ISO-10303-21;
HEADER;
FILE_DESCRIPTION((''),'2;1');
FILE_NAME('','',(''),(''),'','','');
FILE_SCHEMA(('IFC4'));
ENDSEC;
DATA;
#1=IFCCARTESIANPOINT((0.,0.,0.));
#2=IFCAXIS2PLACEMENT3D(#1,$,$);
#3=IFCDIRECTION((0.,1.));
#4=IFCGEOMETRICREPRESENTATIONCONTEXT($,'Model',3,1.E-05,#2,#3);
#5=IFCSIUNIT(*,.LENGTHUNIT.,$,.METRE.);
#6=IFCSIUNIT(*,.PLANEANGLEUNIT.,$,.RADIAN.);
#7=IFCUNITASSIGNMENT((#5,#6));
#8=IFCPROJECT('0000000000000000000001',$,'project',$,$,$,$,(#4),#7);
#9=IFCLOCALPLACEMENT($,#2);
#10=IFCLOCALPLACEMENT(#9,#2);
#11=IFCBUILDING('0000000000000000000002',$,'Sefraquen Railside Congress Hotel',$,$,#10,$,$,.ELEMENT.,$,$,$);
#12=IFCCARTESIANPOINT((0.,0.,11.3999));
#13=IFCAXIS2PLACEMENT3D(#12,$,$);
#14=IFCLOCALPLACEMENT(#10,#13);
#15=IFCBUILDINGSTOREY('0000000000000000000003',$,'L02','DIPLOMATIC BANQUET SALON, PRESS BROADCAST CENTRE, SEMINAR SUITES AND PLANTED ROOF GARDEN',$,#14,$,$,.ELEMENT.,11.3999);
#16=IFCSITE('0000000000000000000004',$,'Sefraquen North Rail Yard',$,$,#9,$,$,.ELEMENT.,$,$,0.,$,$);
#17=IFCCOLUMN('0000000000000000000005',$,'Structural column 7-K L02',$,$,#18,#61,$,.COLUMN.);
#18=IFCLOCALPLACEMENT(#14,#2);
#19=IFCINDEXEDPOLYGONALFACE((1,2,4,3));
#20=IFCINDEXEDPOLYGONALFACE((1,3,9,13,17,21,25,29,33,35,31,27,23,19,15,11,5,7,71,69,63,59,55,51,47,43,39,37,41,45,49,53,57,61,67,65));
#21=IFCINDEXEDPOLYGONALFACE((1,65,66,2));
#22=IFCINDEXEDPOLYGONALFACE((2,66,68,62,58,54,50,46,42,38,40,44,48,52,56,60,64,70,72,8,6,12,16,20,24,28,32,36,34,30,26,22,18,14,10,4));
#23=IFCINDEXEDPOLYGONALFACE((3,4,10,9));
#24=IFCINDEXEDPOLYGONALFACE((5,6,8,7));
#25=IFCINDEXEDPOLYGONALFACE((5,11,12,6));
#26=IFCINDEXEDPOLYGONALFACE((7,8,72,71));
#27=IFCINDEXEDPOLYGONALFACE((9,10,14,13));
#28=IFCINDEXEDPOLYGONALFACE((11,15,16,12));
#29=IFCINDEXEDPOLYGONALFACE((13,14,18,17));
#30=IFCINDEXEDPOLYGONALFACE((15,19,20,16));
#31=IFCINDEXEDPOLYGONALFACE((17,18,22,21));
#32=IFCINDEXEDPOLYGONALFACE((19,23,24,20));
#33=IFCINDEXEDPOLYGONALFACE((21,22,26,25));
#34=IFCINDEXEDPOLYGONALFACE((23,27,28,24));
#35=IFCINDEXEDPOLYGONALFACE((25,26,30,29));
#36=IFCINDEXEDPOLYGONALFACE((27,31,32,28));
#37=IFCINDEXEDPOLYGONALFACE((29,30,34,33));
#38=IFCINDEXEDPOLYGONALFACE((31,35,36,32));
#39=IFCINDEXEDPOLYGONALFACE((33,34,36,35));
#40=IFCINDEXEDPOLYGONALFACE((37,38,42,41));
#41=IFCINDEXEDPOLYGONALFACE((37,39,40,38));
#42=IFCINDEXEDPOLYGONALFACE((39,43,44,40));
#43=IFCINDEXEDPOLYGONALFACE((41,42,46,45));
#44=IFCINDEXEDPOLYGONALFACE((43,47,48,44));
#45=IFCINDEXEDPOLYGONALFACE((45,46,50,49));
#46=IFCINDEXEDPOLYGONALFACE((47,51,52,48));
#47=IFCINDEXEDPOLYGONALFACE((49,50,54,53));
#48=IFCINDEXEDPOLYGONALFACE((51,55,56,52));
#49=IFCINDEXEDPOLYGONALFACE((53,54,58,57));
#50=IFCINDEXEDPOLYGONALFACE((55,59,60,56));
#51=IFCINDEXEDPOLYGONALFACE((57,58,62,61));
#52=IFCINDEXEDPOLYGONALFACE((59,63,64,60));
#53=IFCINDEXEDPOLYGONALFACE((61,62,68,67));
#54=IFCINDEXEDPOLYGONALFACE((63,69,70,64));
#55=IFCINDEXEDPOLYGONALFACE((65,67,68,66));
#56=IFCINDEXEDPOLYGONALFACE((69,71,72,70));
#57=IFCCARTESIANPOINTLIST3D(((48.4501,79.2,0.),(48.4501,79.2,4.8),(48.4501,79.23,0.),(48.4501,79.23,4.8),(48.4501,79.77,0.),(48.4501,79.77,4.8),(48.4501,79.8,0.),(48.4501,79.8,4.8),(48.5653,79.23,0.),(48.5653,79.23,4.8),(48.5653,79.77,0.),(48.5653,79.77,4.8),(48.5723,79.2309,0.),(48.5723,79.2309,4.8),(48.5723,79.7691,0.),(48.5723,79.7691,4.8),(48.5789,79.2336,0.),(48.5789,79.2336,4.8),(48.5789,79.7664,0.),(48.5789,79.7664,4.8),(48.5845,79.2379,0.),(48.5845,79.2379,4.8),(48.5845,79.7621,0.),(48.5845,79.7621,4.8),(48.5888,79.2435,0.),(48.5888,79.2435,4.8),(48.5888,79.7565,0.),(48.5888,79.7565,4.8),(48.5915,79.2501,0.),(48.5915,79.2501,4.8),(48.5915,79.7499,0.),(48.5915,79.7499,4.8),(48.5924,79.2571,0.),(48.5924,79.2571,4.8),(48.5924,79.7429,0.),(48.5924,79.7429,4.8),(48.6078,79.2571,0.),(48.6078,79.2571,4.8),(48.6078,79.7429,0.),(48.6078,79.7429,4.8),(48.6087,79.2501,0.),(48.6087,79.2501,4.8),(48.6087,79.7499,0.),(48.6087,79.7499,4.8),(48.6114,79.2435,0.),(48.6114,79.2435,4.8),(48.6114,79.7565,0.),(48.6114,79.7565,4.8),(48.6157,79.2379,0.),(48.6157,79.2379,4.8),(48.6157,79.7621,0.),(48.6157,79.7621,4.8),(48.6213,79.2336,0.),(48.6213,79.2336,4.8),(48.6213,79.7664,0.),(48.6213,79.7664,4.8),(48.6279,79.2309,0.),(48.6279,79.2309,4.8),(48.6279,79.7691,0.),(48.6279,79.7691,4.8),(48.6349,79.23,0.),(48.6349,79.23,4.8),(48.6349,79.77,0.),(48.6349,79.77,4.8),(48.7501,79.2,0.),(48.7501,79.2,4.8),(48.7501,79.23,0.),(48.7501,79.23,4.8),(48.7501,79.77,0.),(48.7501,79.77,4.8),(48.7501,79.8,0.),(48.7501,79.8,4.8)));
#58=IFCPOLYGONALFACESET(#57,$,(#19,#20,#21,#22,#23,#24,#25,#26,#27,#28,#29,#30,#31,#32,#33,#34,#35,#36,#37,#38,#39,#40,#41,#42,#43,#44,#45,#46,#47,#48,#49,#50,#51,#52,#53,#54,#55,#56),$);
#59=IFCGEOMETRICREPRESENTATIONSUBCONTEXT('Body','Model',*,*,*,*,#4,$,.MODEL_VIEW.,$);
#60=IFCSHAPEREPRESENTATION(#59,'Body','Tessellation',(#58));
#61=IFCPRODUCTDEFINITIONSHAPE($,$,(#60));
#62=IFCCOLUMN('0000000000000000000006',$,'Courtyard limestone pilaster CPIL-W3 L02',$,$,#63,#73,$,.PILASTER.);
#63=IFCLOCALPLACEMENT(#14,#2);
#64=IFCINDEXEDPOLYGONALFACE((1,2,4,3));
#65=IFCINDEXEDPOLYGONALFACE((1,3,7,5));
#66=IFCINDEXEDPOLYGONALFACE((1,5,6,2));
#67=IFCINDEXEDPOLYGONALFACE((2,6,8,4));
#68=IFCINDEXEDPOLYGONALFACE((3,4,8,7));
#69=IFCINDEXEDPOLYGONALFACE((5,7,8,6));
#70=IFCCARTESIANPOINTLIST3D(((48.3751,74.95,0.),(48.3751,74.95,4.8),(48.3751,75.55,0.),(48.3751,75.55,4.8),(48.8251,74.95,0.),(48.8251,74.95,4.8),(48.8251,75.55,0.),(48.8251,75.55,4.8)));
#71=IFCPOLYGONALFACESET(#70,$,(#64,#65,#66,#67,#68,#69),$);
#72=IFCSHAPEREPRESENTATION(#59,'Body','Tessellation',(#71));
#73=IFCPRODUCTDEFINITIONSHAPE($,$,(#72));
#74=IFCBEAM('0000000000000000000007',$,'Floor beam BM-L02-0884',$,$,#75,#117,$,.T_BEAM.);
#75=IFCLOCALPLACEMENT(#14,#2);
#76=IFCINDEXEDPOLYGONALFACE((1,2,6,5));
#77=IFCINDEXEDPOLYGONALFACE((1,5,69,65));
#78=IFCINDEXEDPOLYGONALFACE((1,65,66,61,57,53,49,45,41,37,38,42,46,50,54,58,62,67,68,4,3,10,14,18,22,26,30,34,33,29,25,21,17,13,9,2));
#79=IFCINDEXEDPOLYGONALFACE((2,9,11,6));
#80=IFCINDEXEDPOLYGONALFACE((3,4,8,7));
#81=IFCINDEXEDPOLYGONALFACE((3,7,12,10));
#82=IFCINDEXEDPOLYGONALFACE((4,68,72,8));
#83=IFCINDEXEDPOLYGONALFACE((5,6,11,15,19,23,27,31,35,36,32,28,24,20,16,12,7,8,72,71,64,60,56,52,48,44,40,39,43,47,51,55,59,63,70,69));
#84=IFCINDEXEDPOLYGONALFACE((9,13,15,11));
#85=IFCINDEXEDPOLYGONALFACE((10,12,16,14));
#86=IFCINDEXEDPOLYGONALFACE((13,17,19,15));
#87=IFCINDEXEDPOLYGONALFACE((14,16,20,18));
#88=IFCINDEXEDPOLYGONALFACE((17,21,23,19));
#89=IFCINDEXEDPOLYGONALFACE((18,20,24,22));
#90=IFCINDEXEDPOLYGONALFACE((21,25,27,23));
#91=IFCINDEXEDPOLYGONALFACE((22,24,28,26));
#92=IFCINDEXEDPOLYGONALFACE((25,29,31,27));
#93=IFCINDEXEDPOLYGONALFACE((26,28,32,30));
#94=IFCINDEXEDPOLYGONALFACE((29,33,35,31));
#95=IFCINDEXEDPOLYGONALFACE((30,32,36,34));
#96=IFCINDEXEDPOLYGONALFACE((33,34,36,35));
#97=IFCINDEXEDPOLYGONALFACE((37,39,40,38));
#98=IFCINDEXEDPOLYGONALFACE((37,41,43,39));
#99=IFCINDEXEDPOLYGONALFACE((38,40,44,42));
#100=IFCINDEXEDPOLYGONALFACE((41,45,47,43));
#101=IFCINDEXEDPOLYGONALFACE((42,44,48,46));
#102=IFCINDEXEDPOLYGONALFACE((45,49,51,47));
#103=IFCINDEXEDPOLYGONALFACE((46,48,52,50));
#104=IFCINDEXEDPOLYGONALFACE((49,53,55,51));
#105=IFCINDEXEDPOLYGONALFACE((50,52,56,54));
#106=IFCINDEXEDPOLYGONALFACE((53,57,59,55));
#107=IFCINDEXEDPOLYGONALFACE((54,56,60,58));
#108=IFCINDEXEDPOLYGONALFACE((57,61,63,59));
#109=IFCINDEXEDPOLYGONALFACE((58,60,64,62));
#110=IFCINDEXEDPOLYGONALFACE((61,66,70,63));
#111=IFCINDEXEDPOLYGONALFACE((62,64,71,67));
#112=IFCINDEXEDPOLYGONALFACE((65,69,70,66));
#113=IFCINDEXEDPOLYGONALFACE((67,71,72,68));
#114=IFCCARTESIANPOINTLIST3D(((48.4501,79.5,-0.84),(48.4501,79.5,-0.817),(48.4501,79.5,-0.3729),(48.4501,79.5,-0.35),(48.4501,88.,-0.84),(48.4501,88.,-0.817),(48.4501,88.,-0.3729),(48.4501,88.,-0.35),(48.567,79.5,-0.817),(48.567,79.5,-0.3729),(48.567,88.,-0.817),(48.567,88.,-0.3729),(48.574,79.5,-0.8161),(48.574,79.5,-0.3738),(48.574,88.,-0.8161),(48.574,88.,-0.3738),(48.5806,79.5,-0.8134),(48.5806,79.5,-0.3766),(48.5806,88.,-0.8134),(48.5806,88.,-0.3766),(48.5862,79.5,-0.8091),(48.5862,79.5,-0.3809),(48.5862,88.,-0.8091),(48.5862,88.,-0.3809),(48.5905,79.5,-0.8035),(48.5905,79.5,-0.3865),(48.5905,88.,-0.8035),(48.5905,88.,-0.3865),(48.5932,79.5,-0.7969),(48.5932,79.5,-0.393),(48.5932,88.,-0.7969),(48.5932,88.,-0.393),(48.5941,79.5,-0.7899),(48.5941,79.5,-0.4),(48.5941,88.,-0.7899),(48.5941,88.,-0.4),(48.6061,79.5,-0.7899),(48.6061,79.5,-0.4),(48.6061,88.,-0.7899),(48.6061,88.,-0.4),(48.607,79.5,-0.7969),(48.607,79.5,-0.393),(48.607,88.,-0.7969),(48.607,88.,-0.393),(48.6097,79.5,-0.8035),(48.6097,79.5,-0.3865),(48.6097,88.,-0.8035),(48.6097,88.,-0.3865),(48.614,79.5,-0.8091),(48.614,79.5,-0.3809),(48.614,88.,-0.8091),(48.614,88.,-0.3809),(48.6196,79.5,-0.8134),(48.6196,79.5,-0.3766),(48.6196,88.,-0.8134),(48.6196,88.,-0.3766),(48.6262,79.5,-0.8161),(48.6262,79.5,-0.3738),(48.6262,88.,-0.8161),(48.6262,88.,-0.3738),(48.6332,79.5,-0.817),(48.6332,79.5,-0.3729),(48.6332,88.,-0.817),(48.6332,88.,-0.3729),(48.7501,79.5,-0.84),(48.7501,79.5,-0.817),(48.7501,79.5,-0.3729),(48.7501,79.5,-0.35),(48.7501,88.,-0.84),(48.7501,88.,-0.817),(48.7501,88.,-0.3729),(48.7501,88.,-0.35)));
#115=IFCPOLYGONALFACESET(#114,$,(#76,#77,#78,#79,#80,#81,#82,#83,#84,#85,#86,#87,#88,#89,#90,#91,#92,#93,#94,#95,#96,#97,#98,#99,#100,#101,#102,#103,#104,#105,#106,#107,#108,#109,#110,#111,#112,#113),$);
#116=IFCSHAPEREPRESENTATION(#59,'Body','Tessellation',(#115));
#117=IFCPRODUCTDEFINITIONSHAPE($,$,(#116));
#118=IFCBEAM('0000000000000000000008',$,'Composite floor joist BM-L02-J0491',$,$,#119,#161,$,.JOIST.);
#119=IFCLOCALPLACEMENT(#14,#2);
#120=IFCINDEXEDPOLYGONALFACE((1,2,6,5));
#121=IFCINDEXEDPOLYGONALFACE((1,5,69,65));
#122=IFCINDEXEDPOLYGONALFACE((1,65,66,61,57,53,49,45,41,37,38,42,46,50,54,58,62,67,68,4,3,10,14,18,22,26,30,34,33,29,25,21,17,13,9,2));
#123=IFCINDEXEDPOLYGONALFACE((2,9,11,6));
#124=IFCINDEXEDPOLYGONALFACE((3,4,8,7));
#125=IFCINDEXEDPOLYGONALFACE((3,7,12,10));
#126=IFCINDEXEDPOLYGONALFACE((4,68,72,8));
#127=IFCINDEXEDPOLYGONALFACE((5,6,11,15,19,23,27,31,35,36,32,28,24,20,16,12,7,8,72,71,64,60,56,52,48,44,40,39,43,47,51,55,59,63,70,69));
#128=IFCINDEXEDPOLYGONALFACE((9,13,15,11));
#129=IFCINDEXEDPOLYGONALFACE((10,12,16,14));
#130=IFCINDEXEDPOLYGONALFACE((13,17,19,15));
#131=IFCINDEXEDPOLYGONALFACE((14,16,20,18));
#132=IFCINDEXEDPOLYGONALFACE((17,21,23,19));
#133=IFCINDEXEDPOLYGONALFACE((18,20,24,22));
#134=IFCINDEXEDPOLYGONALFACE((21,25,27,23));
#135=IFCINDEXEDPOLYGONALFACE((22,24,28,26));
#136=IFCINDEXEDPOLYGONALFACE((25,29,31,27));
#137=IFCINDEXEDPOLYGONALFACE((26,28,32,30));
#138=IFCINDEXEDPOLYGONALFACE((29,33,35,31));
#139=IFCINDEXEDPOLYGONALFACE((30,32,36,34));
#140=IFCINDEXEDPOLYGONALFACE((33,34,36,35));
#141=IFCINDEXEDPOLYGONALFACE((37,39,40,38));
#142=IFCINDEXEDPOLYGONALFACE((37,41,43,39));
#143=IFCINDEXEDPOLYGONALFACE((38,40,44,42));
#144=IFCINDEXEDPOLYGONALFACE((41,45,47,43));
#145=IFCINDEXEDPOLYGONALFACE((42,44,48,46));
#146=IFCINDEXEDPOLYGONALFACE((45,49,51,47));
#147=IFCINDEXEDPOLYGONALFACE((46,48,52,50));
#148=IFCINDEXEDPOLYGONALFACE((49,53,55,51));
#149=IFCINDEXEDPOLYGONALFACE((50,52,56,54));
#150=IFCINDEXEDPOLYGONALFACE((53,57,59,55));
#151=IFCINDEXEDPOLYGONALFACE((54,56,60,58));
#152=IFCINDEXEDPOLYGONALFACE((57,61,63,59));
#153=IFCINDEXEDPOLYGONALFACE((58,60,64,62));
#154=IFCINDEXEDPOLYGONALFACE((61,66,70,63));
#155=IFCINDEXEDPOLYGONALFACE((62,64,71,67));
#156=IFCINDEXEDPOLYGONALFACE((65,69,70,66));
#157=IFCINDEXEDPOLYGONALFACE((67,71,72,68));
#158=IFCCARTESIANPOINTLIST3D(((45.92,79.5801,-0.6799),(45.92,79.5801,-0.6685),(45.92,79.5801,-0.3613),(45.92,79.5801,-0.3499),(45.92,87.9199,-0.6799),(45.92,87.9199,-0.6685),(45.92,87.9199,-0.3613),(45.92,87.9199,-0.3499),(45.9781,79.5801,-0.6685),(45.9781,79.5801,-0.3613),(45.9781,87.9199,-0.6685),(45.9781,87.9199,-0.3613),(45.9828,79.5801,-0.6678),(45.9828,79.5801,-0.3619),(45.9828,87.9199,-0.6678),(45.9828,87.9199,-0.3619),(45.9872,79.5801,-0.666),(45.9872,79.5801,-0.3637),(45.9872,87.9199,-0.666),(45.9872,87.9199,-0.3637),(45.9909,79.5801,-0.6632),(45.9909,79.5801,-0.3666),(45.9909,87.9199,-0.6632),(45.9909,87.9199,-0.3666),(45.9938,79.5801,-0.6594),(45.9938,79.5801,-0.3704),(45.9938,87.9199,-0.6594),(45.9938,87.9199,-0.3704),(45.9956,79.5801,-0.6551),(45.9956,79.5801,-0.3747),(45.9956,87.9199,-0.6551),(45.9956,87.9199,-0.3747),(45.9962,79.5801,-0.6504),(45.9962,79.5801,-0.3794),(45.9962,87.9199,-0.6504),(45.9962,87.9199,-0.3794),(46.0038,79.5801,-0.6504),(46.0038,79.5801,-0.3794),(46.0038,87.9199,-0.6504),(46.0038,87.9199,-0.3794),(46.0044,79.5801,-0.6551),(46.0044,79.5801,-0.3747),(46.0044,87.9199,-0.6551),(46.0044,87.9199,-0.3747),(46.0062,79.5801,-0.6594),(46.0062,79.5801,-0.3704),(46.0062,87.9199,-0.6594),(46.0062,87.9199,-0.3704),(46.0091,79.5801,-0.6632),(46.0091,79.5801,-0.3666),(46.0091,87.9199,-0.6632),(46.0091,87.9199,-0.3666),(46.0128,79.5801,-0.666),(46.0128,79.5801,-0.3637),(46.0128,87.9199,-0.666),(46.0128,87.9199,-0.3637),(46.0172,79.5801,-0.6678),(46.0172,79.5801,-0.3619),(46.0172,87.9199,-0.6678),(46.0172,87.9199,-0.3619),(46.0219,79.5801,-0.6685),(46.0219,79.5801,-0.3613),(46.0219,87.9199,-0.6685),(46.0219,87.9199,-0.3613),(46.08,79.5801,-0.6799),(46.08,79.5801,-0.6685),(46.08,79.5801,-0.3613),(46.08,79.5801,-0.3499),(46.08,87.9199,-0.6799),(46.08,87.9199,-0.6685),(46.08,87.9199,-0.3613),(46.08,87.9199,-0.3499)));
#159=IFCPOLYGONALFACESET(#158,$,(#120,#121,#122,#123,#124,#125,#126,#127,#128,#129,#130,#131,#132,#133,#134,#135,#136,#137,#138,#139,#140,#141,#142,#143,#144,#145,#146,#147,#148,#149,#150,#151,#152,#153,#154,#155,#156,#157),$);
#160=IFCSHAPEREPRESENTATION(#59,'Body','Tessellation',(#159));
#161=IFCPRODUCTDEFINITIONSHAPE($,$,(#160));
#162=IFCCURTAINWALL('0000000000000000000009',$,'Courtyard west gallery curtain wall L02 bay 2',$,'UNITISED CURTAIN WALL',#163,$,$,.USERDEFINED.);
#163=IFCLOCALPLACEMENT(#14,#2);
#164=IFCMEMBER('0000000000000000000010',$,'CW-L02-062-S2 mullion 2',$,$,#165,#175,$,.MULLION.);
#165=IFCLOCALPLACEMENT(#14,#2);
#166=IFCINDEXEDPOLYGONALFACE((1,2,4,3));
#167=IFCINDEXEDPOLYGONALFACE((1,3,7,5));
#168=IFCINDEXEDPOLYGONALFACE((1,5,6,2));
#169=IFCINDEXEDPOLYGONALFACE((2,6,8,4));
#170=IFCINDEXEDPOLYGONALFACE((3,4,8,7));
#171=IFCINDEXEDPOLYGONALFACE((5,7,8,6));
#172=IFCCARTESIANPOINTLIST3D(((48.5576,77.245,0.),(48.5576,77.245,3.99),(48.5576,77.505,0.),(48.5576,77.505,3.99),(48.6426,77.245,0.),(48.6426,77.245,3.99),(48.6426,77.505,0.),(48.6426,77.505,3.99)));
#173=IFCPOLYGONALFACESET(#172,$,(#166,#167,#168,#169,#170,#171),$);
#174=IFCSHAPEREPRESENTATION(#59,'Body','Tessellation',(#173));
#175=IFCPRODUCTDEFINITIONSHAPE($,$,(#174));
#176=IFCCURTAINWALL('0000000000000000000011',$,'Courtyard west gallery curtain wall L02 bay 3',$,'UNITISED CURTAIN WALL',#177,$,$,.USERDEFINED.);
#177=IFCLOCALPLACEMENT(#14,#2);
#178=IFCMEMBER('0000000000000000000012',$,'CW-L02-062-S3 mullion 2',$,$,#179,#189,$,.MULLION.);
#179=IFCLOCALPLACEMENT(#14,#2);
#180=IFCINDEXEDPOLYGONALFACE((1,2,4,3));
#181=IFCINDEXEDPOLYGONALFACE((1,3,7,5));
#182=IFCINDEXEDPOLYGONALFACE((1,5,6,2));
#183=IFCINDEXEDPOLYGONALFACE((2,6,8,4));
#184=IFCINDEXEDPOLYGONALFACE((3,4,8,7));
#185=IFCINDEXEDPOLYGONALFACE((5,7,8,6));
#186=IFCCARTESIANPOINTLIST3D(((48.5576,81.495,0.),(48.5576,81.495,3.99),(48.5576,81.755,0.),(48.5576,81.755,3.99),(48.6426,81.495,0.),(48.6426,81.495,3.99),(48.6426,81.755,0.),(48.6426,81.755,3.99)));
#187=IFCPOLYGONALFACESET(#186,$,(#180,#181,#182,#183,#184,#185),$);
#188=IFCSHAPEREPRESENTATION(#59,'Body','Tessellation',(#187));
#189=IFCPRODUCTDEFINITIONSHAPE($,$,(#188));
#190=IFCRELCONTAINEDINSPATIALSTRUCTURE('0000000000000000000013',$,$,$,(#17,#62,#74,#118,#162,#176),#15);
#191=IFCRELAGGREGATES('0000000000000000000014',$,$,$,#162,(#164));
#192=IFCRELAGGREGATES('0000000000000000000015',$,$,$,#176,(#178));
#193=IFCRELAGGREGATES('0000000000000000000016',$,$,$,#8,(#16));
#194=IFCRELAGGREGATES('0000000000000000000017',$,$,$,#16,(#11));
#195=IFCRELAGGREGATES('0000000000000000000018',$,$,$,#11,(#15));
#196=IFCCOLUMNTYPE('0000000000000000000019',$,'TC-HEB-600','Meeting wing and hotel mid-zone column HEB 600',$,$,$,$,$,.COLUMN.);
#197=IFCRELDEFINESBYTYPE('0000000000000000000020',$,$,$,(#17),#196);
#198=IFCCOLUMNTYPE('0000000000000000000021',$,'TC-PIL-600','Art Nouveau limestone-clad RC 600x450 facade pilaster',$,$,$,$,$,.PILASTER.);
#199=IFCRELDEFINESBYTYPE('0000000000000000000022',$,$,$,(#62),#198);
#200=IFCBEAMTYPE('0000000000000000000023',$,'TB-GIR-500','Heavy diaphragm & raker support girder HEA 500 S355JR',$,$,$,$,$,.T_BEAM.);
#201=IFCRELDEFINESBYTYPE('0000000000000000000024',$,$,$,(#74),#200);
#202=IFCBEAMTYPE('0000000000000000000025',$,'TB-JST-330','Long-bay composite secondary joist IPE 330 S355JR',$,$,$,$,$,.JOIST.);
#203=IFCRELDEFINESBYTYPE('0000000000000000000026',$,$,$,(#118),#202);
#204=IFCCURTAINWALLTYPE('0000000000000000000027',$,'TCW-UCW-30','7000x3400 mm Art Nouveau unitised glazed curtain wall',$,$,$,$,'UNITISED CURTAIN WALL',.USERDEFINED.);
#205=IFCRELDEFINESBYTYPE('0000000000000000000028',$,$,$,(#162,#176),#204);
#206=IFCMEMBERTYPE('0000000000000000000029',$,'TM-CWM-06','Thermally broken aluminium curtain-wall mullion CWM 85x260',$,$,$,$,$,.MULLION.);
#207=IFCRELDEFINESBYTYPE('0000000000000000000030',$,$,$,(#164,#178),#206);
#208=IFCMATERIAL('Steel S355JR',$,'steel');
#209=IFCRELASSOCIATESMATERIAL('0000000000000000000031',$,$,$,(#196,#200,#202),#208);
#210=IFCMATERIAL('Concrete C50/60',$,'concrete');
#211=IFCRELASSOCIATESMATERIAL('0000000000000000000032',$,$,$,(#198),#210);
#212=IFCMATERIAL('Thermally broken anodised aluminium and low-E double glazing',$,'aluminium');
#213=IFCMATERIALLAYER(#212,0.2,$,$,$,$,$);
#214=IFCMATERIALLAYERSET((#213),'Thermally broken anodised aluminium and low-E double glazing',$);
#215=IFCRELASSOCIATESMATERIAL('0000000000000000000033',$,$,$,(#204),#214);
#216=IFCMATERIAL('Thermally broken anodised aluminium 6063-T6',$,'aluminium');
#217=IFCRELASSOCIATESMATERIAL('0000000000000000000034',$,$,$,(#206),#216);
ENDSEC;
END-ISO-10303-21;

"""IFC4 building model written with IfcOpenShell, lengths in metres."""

from ifc_helpers import new_model, si_unit, direction, frame, origin, origin_2d, place, context, subcontext, project, spatial, rectangle, i_section, extrude, material, layer, layer_set, material_profile, profile_set, type_object, element, aggregate, save


model = new_model("IFC4")

# Units and contexts
model_context = context("Model", 3, precision=1e-05, world=origin(), true_north=direction((0.0, 1.0)))
body_context = subcontext(model_context, "Body", "Model", "MODEL_VIEW")
ifc_project = project(units=[si_unit("LENGTHUNIT", "METRE"), si_unit("PLANEANGLEUNIT", "RADIAN")], contexts=[model_context])

# Site, building, storey
site_placement = place(None, origin())
site = spatial("IfcSite", under=ifc_project, at=site_placement, Name="Sefraquen North Rail Yard", CompositionType="ELEMENT", RefElevation=0.0)
building_placement = place(site_placement, origin())
building = spatial("IfcBuilding", under=site, at=building_placement, Name="Sefraquen Railside Congress Hotel", CompositionType="ELEMENT")
storey_placement = place(building_placement, frame((0.0, 0.0, 11.3999)))
storey = spatial("IfcBuildingStorey", under=building, at=storey_placement, Name="L02", Description="DIPLOMATIC BANQUET SALON, PRESS BROADCAST CENTRE, SEMINAR SUITES AND PLANTED ROOF GARDEN", CompositionType="ELEMENT", Elevation=11.3999)

# Columns
ifc_material_1 = material(Name="Steel S355JR", Category="steel")
ifc_material_profile_1 = material_profile(ifc_material_1, i_section(OverallWidth=0.3, OverallDepth=0.6001, WebThickness=0.0154, FlangeThickness=0.03, FilletRadius=0.0271, at=origin_2d()), Name="HEB 600")
ifc_profile_set_1 = profile_set([ifc_material_profile_1], Name="Steel S355JR")
column_type_1 = type_object("IfcColumnType", Name="TC-HEB-600", Description="Meeting wing and hotel mid-zone column HEB 600", PredefinedType="COLUMN", material=ifc_profile_set_1)
column_1_placement = place(storey_placement, frame((48.6001, 79.5, 0.0), z_axis=(0.0, 0.0, 1.0), x_axis=(1.0, 0.0, 0.0)))
element("IfcColumn", 1, at=column_1_placement, inside=storey, type_object=column_type_1, Name="Structural column 7-K L02", PredefinedType="COLUMN", context=body_context, shape_type="SweptSolid", body=[
    extrude(i_section(OverallWidth=0.3, OverallDepth=0.6001, WebThickness=0.0154, FlangeThickness=0.03, FilletRadius=0.0271, at=origin_2d()), origin(), (0.0, 0.0, 1.0), 4.8),
])
ifc_material_2 = material(Name="Concrete C50/60", Category="concrete")
ifc_material_profile_2 = material_profile(ifc_material_2, rectangle(XDim=0.45, YDim=0.6001, at=origin_2d()), Name="RC 600x450")
ifc_profile_set_2 = profile_set([ifc_material_profile_2], Name="Concrete C50/60")
column_type_2 = type_object("IfcColumnType", Name="TC-PIL-600", Description="Art Nouveau limestone-clad RC 600x450 facade pilaster", PredefinedType="PILASTER", material=ifc_profile_set_2)
column_2_placement = place(storey_placement, frame((48.6001, 75.25, 0.0), z_axis=(0.0, 0.0, 1.0), x_axis=(1.0, 0.0, 0.0)))
element("IfcColumn", 2, at=column_2_placement, inside=storey, type_object=column_type_2, Name="Courtyard limestone pilaster CPIL-W3 L02", PredefinedType="PILASTER", context=body_context, shape_type="SweptSolid", body=[
    extrude(rectangle(XDim=0.45, YDim=0.6001, at=origin_2d()), origin(), (0.0, 0.0, 1.0), 4.8),
])

# Beams
ifc_material_profile_3 = material_profile(ifc_material_1, i_section(OverallWidth=0.3, OverallDepth=0.49, WebThickness=0.012, FlangeThickness=0.0229, FilletRadius=0.0271, at=origin_2d()), Name="HEA 500")
ifc_profile_set_3 = profile_set([ifc_material_profile_3], Name="Steel S355JR")
beam_type_1 = type_object("IfcBeamType", Name="TB-GIR-500", Description="Heavy diaphragm & raker support girder HEA 500 S355JR", PredefinedType="T_BEAM", material=ifc_profile_set_3)
beam_1_placement = place(storey_placement, frame((48.6001, 79.5, -0.595), z_axis=(0.0, 1.0, 0.0), x_axis=(-1.0, 0.0, 0.0)))
element("IfcBeam", 3, at=beam_1_placement, inside=storey, type_object=beam_type_1, Name="Floor beam BM-L02-0884", PredefinedType="T_BEAM", context=body_context, shape_type="SweptSolid", body=[
    extrude(i_section(OverallWidth=0.3, OverallDepth=0.49, WebThickness=0.012, FlangeThickness=0.0229, FilletRadius=0.0271, at=origin_2d()), origin(), (0.0, 0.0, 1.0), 8.5),
])
ifc_material_profile_4 = material_profile(ifc_material_1, i_section(OverallWidth=0.1599, OverallDepth=0.3301, WebThickness=0.0076, FlangeThickness=0.0115, FilletRadius=0.0181, at=origin_2d()), Name="IPE 330")
ifc_profile_set_4 = profile_set([ifc_material_profile_4], Name="Steel S355JR")
beam_type_2 = type_object("IfcBeamType", Name="TB-JST-330", Description="Long-bay composite secondary joist IPE 330 S355JR", PredefinedType="JOIST", material=ifc_profile_set_4)
beam_2_placement = place(storey_placement, frame((46.0, 79.5801, -0.5149), z_axis=(0.0, 1.0, 0.0), x_axis=(-1.0, 0.0, 0.0)))
element("IfcBeam", 4, at=beam_2_placement, inside=storey, type_object=beam_type_2, Name="Composite floor joist BM-L02-J0491", PredefinedType="JOIST", context=body_context, shape_type="SweptSolid", body=[
    extrude(i_section(OverallWidth=0.1599, OverallDepth=0.3301, WebThickness=0.0076, FlangeThickness=0.0115, FilletRadius=0.0181, at=origin_2d()), origin(), (0.0, 0.0, 1.0), 8.3398),
])

# Curtain walls, members
ifc_material_3 = material(Name="Thermally broken anodised aluminium and low-E double glazing", Category="aluminium")
ifc_layer_1 = layer(ifc_material_3, 0.2)
ifc_layer_set_1 = layer_set([ifc_layer_1], Name="Thermally broken anodised aluminium and low-E double glazing")
curtain_wall_type = type_object("IfcCurtainWallType", Name="TCW-UCW-30", Description="7000x3400 mm Art Nouveau unitised glazed curtain wall", ElementType="UNITISED CURTAIN WALL", PredefinedType="USERDEFINED", material=ifc_layer_set_1)
curtain_wall_1_placement = place(storey_placement, origin())
curtain_wall_1 = element("IfcCurtainWall", 5, at=curtain_wall_1_placement, inside=storey, type_object=curtain_wall_type, Name="Courtyard west gallery curtain wall L02 bay 2", ObjectType="UNITISED CURTAIN WALL", PredefinedType="USERDEFINED")
ifc_material_4 = material(Name="Thermally broken anodised aluminium 6063-T6", Category="aluminium")
ifc_material_profile_5 = material_profile(ifc_material_4, rectangle(XDim=0.085, YDim=0.26, at=origin_2d()), Name="CWM 85x260")
ifc_profile_set_5 = profile_set([ifc_material_profile_5], Name="Thermally broken anodised aluminium 6063-T6")
member_type_1 = type_object("IfcMemberType", Name="TM-CWM-06", Description="Thermally broken aluminium curtain-wall mullion CWM 85x260", PredefinedType="MULLION", material=ifc_profile_set_5)
member_1_placement = place(storey_placement, frame((48.6001, 77.375, 0.0), z_axis=(0.0, 0.0, 1.0), x_axis=(1.0, 0.0, 0.0)))
member_1 = element("IfcMember", 6, at=member_1_placement, type_object=member_type_1, Name="CW-L02-062-S2 mullion 2", PredefinedType="MULLION", context=body_context, shape_type="SweptSolid", body=[
    extrude(rectangle(XDim=0.085, YDim=0.26, at=origin_2d()), origin(), (0.0, 0.0, 1.0), 3.99),
])
curtain_wall_2_placement = place(storey_placement, origin())
curtain_wall_2 = element("IfcCurtainWall", 7, at=curtain_wall_2_placement, inside=storey, type_object=curtain_wall_type, Name="Courtyard west gallery curtain wall L02 bay 3", ObjectType="UNITISED CURTAIN WALL", PredefinedType="USERDEFINED")
member_2_placement = place(storey_placement, frame((48.6001, 81.625, 0.0), z_axis=(0.0, 0.0, 1.0), x_axis=(1.0, 0.0, 0.0)))
member_2 = element("IfcMember", 8, at=member_2_placement, type_object=member_type_1, Name="CW-L02-062-S3 mullion 2", PredefinedType="MULLION", context=body_context, shape_type="SweptSolid", body=[
    extrude(rectangle(XDim=0.085, YDim=0.26, at=origin_2d()), origin(), (0.0, 0.0, 1.0), 3.99),
])

aggregate(curtain_wall_1, [member_1])
aggregate(curtain_wall_2, [member_2])

save(model, "model.ifc")
